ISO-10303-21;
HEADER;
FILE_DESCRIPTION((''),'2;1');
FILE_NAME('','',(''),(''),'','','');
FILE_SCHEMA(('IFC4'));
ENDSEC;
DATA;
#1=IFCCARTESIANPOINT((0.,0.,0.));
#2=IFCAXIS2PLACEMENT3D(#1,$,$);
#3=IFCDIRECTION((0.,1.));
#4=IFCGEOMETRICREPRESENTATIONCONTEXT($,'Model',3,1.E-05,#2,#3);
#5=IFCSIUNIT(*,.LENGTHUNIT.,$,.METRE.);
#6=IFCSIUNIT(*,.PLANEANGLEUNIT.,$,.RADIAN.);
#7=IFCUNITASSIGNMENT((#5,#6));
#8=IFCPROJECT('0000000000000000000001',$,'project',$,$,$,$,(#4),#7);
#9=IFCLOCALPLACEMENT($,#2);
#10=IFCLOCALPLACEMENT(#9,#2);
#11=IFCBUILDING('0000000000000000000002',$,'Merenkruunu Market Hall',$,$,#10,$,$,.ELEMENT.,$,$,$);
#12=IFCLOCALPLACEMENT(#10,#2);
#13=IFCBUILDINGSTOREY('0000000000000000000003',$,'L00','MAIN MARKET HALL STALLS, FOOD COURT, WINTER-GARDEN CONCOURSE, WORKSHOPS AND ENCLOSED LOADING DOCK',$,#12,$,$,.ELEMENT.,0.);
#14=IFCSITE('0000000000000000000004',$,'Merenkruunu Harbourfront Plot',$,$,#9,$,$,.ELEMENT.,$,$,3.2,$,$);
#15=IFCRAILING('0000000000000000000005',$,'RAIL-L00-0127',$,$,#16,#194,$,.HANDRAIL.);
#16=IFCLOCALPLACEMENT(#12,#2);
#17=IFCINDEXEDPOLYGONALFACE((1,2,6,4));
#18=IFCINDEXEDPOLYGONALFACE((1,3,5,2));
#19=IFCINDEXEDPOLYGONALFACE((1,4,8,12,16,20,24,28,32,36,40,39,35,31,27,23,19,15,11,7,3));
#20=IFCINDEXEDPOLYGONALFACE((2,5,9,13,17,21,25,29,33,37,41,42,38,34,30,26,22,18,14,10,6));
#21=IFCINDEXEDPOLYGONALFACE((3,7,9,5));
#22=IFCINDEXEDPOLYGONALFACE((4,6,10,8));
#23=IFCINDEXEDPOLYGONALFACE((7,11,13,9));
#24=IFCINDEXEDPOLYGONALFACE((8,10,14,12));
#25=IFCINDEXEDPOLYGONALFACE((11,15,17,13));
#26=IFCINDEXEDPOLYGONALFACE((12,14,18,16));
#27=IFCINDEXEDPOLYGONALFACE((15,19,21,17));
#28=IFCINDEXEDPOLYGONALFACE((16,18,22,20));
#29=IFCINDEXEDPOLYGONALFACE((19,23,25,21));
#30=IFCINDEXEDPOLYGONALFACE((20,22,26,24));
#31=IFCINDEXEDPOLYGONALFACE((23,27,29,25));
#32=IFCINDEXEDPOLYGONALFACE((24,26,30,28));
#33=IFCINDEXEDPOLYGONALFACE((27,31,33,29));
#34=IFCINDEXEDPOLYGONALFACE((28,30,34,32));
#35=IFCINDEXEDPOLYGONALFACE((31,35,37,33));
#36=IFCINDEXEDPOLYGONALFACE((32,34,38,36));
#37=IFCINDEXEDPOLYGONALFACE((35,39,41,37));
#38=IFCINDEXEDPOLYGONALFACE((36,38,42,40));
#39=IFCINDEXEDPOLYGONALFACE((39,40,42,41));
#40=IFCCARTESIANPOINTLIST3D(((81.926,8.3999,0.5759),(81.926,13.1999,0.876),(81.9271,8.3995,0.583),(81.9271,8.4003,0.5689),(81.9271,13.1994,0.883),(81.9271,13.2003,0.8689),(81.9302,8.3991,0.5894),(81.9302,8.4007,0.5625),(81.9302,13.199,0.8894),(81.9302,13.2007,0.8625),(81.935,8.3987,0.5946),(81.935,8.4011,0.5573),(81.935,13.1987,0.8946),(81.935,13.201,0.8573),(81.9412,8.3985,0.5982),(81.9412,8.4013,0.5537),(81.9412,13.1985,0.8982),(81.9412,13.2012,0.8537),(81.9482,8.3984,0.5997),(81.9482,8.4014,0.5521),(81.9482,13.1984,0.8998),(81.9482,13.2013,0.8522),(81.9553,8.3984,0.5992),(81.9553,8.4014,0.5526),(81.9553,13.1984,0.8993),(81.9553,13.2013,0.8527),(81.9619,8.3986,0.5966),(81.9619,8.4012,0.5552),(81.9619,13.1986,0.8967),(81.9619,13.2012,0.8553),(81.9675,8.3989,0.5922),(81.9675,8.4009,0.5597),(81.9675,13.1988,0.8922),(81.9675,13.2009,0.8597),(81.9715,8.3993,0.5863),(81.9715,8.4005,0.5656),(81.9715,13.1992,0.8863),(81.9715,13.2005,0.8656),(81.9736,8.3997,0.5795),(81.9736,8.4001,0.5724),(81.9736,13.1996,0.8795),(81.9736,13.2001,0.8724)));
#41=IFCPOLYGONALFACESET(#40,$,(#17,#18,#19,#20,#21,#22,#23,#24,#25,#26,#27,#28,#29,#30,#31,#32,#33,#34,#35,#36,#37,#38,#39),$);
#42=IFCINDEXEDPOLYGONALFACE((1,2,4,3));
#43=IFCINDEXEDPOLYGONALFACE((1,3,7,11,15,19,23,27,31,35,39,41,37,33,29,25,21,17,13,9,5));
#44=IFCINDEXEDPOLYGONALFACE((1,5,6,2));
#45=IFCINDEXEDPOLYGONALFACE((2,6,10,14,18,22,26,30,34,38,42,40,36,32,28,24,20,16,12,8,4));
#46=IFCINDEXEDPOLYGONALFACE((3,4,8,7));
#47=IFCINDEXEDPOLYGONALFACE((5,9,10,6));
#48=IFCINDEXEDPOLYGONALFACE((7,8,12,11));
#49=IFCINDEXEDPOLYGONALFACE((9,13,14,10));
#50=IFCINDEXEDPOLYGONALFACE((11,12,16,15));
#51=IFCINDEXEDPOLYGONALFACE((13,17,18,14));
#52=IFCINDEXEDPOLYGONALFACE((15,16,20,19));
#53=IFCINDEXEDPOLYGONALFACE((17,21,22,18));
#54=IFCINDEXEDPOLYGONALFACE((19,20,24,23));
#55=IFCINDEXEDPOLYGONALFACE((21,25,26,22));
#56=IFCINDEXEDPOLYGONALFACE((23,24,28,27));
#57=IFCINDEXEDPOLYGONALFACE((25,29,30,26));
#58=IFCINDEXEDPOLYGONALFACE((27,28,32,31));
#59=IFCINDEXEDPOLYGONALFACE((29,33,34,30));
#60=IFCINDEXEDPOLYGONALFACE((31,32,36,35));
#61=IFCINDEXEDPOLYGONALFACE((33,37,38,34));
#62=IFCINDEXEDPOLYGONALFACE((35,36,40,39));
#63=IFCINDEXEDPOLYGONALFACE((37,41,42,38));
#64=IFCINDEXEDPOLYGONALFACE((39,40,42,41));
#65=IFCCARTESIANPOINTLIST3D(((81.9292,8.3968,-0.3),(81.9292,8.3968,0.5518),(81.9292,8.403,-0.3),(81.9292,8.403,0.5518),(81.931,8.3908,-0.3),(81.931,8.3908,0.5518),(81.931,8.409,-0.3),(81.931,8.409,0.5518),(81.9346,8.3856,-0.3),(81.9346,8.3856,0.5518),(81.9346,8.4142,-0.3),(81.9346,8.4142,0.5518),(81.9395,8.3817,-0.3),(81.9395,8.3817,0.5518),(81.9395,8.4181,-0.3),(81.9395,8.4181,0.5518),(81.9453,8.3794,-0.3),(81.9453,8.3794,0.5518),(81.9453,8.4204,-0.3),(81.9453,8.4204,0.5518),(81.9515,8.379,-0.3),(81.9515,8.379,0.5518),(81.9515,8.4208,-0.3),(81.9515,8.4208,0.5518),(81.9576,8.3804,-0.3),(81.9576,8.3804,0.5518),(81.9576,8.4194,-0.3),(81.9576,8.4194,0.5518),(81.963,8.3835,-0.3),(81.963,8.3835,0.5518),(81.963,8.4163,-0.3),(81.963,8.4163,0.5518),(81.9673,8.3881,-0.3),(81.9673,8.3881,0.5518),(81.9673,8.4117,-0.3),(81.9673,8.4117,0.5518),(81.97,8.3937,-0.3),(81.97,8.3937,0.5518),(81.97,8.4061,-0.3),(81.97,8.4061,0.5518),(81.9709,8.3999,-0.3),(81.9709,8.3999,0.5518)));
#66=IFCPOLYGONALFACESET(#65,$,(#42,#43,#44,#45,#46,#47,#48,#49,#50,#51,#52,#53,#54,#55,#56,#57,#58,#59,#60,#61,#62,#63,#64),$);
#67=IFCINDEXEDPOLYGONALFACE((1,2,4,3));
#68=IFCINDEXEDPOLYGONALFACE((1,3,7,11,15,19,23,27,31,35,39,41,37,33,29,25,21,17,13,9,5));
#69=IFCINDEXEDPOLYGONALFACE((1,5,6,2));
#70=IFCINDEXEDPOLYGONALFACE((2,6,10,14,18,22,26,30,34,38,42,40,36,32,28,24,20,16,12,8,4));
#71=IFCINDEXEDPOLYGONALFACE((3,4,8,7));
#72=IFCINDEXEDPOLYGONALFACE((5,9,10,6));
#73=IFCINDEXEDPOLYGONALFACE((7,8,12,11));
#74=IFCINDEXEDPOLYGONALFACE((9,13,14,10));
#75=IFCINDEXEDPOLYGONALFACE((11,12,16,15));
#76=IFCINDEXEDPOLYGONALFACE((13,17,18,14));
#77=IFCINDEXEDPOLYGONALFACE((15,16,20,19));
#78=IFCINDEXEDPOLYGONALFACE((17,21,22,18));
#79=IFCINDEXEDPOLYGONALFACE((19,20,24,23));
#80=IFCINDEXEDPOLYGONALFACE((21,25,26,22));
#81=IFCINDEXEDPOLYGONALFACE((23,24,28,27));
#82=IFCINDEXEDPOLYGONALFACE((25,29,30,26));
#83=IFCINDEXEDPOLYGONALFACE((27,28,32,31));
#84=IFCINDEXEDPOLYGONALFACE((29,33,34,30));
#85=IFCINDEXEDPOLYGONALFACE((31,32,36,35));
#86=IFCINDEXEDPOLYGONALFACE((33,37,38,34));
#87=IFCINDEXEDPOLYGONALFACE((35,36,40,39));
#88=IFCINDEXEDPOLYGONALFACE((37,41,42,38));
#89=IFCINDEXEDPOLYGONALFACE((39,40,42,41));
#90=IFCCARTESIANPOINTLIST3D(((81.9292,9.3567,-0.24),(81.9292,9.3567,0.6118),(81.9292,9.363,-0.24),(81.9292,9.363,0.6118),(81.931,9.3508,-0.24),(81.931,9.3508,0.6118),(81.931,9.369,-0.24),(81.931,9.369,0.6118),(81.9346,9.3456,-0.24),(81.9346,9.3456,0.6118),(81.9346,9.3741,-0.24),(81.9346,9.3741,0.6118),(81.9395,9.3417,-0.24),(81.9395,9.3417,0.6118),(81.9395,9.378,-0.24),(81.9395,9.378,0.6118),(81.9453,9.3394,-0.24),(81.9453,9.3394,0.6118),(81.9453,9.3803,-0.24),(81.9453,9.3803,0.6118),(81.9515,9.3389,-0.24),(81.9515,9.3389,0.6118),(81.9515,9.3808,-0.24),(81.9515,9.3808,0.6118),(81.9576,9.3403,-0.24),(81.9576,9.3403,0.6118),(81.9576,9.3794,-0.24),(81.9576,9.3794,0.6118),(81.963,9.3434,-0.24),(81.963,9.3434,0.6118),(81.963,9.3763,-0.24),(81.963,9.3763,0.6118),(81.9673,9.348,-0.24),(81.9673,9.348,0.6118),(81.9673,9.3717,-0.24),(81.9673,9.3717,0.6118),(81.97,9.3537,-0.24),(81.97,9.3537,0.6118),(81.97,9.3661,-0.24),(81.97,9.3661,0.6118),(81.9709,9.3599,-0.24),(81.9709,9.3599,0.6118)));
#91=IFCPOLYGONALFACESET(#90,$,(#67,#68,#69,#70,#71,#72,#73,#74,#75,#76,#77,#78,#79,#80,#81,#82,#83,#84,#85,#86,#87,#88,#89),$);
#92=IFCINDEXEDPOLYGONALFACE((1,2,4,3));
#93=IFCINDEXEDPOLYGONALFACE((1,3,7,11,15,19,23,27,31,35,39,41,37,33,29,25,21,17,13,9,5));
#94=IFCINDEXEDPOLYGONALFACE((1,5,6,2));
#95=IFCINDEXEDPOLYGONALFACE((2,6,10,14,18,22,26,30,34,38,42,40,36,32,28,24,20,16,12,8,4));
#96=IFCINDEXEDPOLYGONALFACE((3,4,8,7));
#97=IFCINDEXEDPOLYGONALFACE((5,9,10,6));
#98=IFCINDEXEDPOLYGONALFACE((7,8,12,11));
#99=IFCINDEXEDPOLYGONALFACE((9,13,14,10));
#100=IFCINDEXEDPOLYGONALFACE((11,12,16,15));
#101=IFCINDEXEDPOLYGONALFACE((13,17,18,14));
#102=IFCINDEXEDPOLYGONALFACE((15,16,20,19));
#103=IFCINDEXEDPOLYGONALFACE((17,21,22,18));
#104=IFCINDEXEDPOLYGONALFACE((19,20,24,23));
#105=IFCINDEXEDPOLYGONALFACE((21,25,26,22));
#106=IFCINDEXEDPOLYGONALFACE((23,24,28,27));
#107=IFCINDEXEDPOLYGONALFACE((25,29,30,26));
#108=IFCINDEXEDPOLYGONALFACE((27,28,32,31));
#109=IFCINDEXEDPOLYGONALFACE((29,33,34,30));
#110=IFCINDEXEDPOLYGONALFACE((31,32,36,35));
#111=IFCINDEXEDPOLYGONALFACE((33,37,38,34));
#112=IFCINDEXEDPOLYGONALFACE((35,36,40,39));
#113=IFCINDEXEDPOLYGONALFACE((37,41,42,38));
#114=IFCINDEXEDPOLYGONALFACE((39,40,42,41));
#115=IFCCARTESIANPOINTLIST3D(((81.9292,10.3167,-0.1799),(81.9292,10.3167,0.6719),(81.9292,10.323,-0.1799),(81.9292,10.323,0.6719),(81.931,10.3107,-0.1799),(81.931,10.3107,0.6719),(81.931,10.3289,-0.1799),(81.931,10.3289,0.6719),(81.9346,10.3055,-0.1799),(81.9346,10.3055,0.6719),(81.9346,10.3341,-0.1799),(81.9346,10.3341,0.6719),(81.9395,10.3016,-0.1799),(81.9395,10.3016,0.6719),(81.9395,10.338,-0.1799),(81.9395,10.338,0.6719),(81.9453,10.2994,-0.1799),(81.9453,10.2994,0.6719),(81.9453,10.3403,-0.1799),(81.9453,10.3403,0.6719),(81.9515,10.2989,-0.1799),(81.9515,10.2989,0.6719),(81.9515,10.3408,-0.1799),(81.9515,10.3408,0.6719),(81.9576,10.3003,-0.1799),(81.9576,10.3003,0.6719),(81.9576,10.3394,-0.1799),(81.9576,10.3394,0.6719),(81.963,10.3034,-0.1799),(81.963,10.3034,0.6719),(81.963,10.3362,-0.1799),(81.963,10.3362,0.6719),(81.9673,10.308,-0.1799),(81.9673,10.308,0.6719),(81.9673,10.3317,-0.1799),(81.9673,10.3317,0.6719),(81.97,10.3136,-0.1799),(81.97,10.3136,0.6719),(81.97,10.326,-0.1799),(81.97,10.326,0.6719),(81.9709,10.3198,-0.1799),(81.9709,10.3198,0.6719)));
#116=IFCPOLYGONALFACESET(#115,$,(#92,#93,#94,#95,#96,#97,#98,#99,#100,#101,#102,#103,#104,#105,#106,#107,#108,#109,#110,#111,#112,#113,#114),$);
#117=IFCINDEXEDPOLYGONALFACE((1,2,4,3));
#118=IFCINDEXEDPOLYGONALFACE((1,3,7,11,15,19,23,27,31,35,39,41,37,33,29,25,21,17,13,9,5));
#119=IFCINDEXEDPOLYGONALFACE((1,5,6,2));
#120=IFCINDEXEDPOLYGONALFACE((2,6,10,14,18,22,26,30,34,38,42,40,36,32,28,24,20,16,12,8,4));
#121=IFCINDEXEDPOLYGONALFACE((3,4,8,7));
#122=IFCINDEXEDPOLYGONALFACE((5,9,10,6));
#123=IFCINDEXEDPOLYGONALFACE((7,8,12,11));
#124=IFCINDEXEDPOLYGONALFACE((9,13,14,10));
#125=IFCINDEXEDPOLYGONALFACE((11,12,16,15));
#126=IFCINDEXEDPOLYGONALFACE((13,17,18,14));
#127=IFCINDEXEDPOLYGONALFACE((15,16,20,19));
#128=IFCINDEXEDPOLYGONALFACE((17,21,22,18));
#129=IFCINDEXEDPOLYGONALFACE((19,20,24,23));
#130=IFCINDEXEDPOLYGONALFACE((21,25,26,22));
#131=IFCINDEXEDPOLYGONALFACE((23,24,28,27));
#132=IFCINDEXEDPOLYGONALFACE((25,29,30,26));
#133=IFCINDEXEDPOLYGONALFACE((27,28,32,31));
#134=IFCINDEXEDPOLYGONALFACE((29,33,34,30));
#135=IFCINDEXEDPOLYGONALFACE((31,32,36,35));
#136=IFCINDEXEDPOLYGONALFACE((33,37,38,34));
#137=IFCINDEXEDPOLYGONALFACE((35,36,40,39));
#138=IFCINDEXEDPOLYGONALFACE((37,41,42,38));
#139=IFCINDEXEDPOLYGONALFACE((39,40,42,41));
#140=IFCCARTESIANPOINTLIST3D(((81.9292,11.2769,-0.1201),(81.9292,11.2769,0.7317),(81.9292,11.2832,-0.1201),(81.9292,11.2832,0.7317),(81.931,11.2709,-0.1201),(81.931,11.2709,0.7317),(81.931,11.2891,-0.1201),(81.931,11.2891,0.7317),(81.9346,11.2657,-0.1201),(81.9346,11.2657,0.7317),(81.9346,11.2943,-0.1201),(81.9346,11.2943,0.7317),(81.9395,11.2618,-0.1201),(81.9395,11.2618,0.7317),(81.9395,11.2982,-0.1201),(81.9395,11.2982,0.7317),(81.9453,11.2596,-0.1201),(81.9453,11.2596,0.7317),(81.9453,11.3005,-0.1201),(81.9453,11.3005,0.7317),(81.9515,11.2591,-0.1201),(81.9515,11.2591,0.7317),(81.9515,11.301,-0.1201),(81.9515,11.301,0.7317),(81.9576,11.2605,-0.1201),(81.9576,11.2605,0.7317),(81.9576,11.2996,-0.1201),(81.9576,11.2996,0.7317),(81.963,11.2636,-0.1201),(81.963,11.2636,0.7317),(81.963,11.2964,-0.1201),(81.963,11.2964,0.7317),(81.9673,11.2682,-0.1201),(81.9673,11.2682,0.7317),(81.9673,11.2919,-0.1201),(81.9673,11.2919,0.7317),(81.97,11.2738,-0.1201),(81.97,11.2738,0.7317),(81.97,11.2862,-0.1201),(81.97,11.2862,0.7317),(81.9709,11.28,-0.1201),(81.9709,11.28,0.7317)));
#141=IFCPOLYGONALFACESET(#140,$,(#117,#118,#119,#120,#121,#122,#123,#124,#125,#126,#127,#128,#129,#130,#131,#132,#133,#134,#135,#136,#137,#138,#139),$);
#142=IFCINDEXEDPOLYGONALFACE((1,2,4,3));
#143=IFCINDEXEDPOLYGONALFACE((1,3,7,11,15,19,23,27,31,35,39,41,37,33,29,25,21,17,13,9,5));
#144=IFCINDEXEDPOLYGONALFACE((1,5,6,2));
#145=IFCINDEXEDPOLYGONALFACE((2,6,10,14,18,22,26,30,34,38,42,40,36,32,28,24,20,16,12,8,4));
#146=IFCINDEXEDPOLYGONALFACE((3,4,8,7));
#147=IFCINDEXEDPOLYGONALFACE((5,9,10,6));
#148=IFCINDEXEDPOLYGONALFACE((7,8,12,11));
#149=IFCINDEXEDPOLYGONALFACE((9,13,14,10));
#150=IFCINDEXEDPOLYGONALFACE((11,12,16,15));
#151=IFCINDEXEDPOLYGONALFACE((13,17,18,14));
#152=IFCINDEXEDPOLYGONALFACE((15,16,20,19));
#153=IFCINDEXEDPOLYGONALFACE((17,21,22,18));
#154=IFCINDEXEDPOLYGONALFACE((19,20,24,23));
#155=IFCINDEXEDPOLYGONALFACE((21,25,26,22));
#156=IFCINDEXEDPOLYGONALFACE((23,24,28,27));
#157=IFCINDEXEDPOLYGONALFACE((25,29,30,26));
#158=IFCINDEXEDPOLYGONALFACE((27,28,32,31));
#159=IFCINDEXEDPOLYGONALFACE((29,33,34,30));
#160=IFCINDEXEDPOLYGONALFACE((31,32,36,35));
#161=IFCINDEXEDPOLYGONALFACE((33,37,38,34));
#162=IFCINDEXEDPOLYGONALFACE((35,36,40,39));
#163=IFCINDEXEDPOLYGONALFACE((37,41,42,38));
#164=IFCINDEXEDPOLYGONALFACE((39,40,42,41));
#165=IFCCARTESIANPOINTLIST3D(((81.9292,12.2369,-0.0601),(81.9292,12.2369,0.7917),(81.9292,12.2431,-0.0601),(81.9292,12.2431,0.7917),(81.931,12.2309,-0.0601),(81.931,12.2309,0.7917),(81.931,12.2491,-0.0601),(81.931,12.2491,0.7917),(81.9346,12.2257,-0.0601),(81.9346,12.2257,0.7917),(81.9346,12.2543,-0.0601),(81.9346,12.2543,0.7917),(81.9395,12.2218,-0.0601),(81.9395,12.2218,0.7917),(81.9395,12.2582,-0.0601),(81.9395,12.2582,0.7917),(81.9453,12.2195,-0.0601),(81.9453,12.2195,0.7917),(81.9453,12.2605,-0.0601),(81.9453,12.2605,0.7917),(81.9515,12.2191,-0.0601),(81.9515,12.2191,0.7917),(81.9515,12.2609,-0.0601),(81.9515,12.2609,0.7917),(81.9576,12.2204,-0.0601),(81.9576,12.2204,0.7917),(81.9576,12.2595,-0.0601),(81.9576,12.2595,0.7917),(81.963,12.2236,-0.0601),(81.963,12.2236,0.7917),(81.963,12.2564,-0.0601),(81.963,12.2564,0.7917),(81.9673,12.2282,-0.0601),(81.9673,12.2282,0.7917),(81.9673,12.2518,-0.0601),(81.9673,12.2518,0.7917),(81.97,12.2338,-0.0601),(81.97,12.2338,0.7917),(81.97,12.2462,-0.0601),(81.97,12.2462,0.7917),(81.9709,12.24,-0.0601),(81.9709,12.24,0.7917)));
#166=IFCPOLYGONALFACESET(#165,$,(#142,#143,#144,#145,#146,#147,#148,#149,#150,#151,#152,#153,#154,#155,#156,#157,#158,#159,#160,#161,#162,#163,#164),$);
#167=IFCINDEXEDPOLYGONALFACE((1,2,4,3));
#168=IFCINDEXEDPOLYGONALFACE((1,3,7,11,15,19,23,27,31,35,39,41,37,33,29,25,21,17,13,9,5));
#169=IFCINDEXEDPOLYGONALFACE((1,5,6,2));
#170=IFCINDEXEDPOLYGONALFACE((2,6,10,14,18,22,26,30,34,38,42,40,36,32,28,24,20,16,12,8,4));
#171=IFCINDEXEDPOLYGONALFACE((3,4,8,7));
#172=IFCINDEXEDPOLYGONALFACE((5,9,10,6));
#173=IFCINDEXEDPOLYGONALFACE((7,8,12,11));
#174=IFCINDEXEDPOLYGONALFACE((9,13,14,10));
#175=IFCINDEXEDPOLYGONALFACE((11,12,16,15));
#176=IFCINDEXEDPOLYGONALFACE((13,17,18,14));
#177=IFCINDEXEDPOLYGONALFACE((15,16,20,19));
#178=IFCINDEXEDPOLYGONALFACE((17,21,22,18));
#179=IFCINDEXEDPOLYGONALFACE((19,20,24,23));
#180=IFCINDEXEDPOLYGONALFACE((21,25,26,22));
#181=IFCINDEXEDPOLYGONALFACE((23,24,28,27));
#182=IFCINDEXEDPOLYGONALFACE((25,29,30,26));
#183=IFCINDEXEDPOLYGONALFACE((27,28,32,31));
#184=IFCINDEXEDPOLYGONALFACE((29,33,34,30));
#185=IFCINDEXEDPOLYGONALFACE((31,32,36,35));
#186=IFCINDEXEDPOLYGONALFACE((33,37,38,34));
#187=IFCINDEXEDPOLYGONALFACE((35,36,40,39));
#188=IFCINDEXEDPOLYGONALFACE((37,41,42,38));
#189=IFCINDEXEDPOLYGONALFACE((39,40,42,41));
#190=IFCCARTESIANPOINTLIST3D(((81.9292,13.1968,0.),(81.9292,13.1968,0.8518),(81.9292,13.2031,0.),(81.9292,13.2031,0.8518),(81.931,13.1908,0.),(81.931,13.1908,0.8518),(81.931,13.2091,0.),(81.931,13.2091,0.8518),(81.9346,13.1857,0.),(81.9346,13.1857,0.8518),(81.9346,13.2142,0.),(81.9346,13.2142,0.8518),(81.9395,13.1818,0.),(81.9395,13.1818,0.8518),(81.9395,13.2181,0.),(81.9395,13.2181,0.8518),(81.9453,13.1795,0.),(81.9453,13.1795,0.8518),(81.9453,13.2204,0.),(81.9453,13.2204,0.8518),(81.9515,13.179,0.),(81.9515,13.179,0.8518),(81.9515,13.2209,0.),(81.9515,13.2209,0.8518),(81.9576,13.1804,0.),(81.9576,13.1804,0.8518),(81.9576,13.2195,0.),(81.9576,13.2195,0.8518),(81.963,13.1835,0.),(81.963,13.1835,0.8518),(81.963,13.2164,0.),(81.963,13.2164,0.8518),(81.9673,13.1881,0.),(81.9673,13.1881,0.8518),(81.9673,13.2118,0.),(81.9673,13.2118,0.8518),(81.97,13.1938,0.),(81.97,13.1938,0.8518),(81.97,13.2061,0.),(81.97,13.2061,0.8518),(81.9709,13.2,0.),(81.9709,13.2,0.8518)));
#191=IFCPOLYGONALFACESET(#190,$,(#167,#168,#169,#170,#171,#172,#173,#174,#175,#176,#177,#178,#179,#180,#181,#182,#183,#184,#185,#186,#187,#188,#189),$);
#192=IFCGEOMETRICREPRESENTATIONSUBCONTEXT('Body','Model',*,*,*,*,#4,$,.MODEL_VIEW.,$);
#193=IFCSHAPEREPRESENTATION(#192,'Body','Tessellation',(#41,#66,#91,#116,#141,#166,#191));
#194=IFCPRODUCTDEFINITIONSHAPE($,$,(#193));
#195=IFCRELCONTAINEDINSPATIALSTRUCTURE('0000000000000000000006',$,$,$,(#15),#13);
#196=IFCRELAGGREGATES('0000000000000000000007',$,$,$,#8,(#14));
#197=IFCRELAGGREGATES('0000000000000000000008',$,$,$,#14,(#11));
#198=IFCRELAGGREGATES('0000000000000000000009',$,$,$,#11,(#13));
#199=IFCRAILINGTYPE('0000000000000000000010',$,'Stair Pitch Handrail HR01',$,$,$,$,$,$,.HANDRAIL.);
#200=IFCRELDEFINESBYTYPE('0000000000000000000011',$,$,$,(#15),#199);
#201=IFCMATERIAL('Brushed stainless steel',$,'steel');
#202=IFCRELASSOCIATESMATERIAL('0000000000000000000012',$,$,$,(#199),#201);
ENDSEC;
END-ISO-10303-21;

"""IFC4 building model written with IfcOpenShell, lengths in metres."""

from ifc_helpers import new_model, si_unit, direction, frame, origin, origin_2d, place, context, subcontext, project, spatial, circle, extrude, material, type_object, element, save


model = new_model("IFC4")

# Units and contexts
model_context = context("Model", 3, precision=1e-05, world=origin(), true_north=direction((0.0, 1.0)))
body_context = subcontext(model_context, "Body", "Model", "MODEL_VIEW")
ifc_project = project(units=[si_unit("LENGTHUNIT", "METRE"), si_unit("PLANEANGLEUNIT", "RADIAN")], contexts=[model_context])

# Site, building, storey
site_placement = place(None, origin())
site = spatial("IfcSite", under=ifc_project, at=site_placement, Name="Merenkruunu Harbourfront Plot", CompositionType="ELEMENT", RefElevation=3.2)
building_placement = place(site_placement, origin())
building = spatial("IfcBuilding", under=site, at=building_placement, Name="Merenkruunu Market Hall", CompositionType="ELEMENT")
storey_placement = place(building_placement, origin())
storey = spatial("IfcBuildingStorey", under=building, at=storey_placement, Name="L00", Description="MAIN MARKET HALL STALLS, FOOD COURT, WINTER-GARDEN CONCOURSE, WORKSHOPS AND ENCLOSED LOADING DOCK", CompositionType="ELEMENT", Elevation=0.0)

# Railing
ifc_material_1 = material(Name="Brushed stainless steel", Category="steel")
railing_type = type_object("IfcRailingType", Name="Stair Pitch Handrail HR01", PredefinedType="HANDRAIL", material=ifc_material_1)
for number, where, name in (
    (1, (81.95, 8.3999, -0.3), "RAIL-L00-0127"),
):
    element("IfcRailing", number, at=place(storey_placement, frame(where)), inside=storey, type_object=railing_type, Name=name, PredefinedType="HANDRAIL", context=body_context, shape_type="SweptSolid", body=[
        extrude(circle(Radius=0.0239, at=origin_2d()), frame((0.0, 0.0, 0.876), z_axis=(0.0, 0.998052, 0.062388), x_axis=(-1.0, 0.0, 0.0)), (0.0, 0.0, 1.0), 4.8093),
        extrude(circle(Radius=0.021, at=origin_2d()), origin(), (0.0, 0.0, 1.0), 0.8518),
        extrude(circle(Radius=0.021, at=origin_2d()), frame((0.0, 0.96, 0.0601)), (0.0, 0.0, 1.0), 0.8518),
        extrude(circle(Radius=0.021, at=origin_2d()), frame((0.0, 1.9199, 0.1201)), (0.0, 0.0, 1.0), 0.8518),
        extrude(circle(Radius=0.021, at=origin_2d()), frame((0.0, 2.8801, 0.1799)), (0.0, 0.0, 1.0), 0.8518),
        extrude(circle(Radius=0.021, at=origin_2d()), frame((0.0, 3.8401, 0.24)), (0.0, 0.0, 1.0), 0.8518),
        extrude(circle(Radius=0.021, at=origin_2d()), frame((0.0, 4.8, 0.3)), (0.0, 0.0, 1.0), 0.8518),
    ])

save(model, "model.ifc")
